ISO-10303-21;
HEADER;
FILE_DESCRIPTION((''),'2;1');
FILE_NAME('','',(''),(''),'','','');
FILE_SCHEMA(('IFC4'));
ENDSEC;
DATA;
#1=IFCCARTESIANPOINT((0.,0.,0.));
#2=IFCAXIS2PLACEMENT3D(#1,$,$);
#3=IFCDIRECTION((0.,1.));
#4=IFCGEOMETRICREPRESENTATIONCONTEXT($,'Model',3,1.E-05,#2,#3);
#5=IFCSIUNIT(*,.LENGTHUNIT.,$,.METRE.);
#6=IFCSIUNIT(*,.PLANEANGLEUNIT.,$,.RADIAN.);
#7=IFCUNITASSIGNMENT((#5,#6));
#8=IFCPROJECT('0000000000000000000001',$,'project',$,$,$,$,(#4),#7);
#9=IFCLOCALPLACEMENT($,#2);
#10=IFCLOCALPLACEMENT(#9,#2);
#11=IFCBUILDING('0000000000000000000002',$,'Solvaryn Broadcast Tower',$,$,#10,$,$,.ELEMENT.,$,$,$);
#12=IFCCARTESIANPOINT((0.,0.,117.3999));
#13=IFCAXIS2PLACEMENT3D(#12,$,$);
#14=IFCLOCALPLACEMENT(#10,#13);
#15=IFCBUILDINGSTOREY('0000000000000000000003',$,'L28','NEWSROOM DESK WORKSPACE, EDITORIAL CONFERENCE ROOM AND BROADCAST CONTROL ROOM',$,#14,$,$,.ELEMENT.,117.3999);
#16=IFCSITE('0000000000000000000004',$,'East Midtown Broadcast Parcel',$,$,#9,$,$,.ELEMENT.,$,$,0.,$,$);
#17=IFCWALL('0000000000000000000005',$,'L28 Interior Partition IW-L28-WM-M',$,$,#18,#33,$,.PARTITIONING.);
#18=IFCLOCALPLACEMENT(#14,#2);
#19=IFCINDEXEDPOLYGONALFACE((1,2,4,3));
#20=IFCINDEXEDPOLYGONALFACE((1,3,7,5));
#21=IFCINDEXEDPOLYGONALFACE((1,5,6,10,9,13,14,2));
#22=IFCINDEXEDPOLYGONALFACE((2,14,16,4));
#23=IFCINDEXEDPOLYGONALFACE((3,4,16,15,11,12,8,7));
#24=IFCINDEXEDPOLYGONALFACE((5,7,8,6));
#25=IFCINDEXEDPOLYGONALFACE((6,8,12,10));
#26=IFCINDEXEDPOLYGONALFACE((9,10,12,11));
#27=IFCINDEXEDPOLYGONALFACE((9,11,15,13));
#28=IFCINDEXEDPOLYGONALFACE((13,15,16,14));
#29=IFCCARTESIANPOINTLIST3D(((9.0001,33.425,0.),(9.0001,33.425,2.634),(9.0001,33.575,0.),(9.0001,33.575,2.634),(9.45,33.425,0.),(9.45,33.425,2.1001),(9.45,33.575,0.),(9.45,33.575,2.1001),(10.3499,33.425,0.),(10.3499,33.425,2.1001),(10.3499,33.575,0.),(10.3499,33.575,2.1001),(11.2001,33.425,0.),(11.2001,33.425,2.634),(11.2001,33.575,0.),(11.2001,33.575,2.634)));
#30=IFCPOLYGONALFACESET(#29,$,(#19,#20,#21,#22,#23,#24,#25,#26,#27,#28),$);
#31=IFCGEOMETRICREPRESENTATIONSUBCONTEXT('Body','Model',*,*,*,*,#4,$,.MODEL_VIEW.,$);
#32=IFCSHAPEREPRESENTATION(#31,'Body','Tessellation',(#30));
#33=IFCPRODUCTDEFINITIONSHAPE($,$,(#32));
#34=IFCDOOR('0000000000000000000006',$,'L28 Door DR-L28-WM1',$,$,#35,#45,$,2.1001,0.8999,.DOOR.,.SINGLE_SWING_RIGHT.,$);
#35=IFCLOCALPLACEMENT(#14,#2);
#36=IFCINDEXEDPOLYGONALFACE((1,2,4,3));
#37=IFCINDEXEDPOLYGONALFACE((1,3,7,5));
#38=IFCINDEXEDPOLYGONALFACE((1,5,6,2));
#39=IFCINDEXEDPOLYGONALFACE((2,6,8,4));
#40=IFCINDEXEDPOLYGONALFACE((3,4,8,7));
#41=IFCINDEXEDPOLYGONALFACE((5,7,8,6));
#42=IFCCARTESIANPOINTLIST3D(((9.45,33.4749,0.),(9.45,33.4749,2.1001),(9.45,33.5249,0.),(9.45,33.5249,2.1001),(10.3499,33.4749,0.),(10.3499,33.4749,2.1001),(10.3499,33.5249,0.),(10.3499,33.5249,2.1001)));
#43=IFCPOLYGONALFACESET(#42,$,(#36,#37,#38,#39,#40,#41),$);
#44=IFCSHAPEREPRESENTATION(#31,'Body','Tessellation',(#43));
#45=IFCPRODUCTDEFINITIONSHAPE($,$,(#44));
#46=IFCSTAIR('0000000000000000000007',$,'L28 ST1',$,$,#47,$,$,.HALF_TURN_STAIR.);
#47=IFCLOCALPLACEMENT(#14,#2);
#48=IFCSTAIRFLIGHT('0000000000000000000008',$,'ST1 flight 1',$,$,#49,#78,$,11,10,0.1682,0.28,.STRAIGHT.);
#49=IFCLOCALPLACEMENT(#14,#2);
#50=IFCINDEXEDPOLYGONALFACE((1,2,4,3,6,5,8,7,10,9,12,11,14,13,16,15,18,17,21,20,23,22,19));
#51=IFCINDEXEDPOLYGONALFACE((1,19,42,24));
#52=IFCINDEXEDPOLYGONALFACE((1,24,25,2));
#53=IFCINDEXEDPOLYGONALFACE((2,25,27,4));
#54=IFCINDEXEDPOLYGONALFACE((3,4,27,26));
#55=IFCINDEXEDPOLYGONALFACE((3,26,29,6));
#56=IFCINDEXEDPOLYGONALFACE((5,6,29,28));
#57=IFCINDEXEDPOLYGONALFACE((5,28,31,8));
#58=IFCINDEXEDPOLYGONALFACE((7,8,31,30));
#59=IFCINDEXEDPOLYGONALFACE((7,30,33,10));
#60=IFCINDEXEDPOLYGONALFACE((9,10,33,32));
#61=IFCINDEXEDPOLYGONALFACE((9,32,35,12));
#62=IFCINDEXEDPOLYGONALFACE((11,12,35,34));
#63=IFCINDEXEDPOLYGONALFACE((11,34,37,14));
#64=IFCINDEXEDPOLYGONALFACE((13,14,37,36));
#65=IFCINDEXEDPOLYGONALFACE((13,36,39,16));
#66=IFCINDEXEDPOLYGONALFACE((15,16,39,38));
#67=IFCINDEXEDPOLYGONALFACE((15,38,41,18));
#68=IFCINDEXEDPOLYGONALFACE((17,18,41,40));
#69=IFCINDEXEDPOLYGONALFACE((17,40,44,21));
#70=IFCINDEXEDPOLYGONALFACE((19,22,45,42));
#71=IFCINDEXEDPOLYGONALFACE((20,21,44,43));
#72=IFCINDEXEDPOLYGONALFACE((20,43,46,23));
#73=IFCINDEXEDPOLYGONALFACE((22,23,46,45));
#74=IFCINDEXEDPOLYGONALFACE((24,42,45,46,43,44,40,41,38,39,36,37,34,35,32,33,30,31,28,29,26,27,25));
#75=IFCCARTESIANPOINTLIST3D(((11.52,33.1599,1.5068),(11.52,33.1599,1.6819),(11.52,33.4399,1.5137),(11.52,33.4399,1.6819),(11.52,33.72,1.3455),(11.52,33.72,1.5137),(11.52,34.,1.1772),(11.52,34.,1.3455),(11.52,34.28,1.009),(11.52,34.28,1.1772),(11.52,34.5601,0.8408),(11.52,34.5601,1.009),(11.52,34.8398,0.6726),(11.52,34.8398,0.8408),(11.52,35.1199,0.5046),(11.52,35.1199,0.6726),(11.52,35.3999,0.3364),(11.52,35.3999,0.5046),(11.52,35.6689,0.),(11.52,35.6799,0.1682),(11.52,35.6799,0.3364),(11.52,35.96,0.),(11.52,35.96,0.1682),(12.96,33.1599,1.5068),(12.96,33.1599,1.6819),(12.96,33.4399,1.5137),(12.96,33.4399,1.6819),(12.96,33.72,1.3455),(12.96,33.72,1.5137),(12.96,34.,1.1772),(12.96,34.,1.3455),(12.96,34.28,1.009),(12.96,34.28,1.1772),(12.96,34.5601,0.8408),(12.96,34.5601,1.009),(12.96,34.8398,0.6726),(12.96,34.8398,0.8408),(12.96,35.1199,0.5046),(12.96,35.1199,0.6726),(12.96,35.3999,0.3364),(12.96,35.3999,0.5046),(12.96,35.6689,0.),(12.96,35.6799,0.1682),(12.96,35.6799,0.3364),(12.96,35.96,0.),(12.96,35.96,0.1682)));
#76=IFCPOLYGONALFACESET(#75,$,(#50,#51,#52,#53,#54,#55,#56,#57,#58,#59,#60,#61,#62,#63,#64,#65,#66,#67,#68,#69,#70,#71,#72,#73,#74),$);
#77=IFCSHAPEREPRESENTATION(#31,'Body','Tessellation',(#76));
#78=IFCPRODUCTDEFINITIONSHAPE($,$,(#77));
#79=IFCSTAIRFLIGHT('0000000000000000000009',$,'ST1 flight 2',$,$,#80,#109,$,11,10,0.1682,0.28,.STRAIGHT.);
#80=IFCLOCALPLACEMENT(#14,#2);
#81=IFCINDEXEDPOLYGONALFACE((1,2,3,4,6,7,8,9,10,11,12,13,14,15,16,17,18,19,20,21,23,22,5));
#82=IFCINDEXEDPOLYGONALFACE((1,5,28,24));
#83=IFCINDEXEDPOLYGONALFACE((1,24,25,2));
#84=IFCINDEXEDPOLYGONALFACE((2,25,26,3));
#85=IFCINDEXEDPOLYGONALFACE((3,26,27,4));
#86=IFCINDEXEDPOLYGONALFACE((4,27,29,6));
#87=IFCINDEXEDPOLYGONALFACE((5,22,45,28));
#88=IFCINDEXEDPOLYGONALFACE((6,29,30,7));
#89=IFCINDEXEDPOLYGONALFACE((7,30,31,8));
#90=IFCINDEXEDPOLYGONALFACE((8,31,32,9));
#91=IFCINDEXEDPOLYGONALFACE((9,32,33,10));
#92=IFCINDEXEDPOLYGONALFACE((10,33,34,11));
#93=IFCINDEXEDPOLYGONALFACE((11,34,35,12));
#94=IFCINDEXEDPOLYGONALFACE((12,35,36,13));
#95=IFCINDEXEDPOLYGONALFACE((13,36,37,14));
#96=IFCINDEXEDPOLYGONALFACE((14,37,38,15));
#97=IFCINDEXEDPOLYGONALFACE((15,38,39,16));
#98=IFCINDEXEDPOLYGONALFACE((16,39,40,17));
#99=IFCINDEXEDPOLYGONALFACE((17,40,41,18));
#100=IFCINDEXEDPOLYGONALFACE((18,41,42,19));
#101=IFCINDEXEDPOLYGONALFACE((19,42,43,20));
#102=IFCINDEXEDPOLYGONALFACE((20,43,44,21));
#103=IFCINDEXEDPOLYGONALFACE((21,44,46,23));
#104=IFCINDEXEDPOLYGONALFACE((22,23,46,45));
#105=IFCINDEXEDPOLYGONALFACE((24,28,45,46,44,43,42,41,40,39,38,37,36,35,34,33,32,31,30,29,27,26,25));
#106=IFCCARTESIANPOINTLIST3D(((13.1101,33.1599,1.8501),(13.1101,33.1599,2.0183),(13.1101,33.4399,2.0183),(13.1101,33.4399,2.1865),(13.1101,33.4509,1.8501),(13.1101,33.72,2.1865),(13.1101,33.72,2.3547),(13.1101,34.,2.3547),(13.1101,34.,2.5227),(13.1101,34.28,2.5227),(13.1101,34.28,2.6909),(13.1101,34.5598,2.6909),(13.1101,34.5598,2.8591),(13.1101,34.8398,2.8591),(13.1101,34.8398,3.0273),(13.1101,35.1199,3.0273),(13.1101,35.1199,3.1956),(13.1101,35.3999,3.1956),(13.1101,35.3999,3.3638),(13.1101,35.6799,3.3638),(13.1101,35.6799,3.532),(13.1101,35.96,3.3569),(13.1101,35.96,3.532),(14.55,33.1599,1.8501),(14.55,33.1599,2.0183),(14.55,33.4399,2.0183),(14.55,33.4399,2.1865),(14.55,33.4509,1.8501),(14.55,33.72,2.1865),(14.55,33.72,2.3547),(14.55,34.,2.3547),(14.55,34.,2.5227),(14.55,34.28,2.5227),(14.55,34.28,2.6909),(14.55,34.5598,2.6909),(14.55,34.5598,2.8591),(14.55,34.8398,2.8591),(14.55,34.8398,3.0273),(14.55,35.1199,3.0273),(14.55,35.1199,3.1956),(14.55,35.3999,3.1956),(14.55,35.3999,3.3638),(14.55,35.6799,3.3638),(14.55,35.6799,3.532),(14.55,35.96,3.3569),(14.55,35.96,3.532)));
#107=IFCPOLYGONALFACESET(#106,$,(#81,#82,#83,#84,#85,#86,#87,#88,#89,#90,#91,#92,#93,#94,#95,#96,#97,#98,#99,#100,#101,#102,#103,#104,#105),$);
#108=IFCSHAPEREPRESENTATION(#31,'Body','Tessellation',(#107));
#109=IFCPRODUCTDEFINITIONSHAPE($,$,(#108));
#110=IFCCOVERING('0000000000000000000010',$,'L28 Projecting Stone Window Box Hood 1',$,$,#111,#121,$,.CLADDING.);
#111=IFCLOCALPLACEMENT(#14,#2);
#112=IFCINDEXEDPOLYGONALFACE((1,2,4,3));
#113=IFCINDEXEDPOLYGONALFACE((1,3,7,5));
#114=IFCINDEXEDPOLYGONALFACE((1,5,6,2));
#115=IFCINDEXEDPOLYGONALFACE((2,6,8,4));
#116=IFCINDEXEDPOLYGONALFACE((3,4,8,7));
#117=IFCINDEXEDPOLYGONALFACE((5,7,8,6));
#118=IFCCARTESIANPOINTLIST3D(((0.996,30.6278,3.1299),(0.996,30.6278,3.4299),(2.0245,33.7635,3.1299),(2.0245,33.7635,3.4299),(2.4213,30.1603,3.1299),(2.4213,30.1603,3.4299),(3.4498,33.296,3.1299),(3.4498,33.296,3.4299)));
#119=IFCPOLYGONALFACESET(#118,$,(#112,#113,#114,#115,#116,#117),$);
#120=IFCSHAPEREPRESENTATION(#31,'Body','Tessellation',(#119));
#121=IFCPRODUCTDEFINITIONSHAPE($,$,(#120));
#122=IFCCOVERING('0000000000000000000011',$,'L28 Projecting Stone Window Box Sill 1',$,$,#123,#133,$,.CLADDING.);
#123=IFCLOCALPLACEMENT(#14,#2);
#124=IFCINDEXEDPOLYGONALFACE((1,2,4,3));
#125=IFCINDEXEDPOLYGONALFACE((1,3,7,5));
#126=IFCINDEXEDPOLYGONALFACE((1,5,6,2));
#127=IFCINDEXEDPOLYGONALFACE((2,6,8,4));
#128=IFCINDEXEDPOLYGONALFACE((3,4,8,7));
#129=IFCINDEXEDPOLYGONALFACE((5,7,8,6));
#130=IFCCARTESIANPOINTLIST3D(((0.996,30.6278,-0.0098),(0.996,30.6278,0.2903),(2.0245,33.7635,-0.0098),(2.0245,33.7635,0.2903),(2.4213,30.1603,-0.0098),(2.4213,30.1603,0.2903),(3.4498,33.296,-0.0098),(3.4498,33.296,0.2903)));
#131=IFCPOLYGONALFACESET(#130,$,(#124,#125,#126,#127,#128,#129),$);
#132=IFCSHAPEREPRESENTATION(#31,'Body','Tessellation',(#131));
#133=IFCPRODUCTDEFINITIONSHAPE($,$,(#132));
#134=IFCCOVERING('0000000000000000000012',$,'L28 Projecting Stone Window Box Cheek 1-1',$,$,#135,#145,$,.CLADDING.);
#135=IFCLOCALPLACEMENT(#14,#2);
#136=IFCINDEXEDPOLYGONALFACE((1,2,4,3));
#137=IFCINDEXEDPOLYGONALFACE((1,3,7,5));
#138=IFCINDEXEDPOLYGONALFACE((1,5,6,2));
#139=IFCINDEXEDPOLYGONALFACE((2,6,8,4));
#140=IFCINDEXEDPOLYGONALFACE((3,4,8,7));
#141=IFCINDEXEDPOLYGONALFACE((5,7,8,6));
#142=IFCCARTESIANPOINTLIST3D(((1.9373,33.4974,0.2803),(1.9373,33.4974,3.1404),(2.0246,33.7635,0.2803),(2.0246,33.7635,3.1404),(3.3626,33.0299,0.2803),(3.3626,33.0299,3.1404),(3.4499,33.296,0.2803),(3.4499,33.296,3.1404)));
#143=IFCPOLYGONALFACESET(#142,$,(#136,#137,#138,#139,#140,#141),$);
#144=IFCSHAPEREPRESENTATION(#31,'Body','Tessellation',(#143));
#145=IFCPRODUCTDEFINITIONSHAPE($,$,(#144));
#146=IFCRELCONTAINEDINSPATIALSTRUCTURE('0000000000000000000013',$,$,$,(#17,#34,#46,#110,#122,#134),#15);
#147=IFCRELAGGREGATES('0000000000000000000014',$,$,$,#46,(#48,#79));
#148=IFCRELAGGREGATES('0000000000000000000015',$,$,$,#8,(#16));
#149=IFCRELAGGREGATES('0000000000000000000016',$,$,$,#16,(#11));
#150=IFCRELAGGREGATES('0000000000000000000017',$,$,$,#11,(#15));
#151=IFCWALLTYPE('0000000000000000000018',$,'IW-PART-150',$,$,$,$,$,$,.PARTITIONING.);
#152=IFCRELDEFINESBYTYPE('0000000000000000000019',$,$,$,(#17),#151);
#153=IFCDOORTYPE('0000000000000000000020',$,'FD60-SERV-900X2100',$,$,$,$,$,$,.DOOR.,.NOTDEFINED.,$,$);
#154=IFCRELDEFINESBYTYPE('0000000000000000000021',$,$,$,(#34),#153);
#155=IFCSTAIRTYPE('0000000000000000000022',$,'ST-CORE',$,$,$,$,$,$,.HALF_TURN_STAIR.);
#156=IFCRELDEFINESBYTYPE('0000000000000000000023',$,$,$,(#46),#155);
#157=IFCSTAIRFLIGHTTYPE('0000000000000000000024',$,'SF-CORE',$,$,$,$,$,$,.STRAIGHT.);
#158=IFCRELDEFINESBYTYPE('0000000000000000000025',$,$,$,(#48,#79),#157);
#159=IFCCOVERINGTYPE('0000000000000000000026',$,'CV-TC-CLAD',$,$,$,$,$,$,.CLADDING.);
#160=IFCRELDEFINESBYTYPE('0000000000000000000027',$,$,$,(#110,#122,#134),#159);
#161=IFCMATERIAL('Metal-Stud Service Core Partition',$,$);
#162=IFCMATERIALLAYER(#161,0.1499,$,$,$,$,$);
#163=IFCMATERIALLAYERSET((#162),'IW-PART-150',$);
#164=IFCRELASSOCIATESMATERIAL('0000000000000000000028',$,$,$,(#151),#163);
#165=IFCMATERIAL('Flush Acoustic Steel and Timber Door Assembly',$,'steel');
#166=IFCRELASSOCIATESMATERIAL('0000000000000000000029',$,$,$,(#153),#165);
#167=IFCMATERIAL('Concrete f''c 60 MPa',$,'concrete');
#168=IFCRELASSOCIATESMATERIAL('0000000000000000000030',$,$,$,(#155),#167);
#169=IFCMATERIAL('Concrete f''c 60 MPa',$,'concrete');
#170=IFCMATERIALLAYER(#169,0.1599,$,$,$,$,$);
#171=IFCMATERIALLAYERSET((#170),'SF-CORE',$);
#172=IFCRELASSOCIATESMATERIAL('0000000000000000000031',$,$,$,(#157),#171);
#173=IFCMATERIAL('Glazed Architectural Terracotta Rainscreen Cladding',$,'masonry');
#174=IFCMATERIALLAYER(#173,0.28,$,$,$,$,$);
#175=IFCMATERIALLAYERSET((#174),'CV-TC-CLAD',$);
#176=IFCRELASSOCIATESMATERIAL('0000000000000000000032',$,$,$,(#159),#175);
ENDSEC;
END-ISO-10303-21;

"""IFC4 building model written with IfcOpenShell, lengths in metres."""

from ifc_helpers import new_model, si_unit, direction, frame, frame_2d, origin, origin_2d, place, context, subcontext, project, spatial, polyline, rectangle, outline, extrude, material, layer, layer_set, type_object, element, fill, aggregate, save


model = new_model("IFC4")

# Units and contexts
model_context = context("Model", 3, precision=1e-05, world=origin(), true_north=direction((0.0, 1.0)))
body_context = subcontext(model_context, "Body", "Model", "MODEL_VIEW")
ifc_project = project(units=[si_unit("LENGTHUNIT", "METRE"), si_unit("PLANEANGLEUNIT", "RADIAN")], contexts=[model_context])

# Site, building, storey
site_placement = place(None, origin())
site = spatial("IfcSite", under=ifc_project, at=site_placement, Name="East Midtown Broadcast Parcel", CompositionType="ELEMENT", RefElevation=0.0)
building_placement = place(site_placement, origin())
building = spatial("IfcBuilding", under=site, at=building_placement, Name="Solvaryn Broadcast Tower", CompositionType="ELEMENT")
storey_placement = place(building_placement, frame((0.0, 0.0, 117.3999)))
storey = spatial("IfcBuildingStorey", under=building, at=storey_placement, Name="L28", Description="NEWSROOM DESK WORKSPACE, EDITORIAL CONFERENCE ROOM AND BROADCAST CONTROL ROOM", CompositionType="ELEMENT", Elevation=117.3999)

# Wall, opening, door
ifc_material_1 = material(Name="Metal-Stud Service Core Partition")
ifc_layer_1 = layer(ifc_material_1, 0.1499)
ifc_layer_set_1 = layer_set([ifc_layer_1], Name="IW-PART-150")
wall_type = type_object("IfcWallType", Name="IW-PART-150", PredefinedType="PARTITIONING", material=ifc_layer_set_1)
wall_placement = place(storey_placement, frame((9.0, 33.5, 0.0), z_axis=(0.0, 0.0, 1.0), x_axis=(1.0, 0.0, 0.0)))
wall = element("IfcWall", 1, at=wall_placement, inside=storey, type_object=wall_type, Name="L28 Interior Partition IW-L28-WM-M", PredefinedType="PARTITIONING", context=body_context, shape_type="SweptSolid", body=[
    extrude(rectangle(XDim=2.2, YDim=0.1499, at=frame_2d((1.1001, 0.0))), origin(), (0.0, 0.0, 1.0), 2.634),
])
opening_placement = place(wall_placement, frame((0.45, 0.0, 0.0)))
opening = element("IfcOpeningElement", 2, at=opening_placement, cuts=wall, PredefinedType="OPENING", context=body_context, shape_type="SweptSolid", body=[
    extrude(rectangle(XDim=0.8999, YDim=2.1001, at=frame_2d((0.45, 1.05))), frame((0.0, 0.085, 0.0), z_axis=(0.0, -1.0, 0.0), x_axis=(1.0, 0.0, 0.0)), (0.0, 0.0, 1.0), 0.1699),
])
ifc_material_2 = material(Name="Flush Acoustic Steel and Timber Door Assembly", Category="steel")
door_type = type_object("IfcDoorType", Name="FD60-SERV-900X2100", OperationType="NOTDEFINED", PredefinedType="DOOR", material=ifc_material_2)
door_placement = place(opening_placement, origin())
door = element("IfcDoor", 3, at=door_placement, inside=storey, type_object=door_type, Name="L28 Door DR-L28-WM1", OperationType="SINGLE_SWING_RIGHT", OverallHeight=2.1001, OverallWidth=0.8999, PredefinedType="DOOR", context=body_context, shape_type="SweptSolid", body=[
    extrude(rectangle(XDim=0.8999, YDim=2.1001, at=frame_2d((0.45, 1.05))), frame((0.0, 0.0249, 0.0), z_axis=(0.0, -1.0, 0.0), x_axis=(1.0, 0.0, 0.0)), (0.0, 0.0, 1.0), 0.05),
])
fill(opening, door)

# Stair, stair flights
ifc_material_3 = material(Name="Concrete f'c 60 MPa", Category="concrete")
stair_type = type_object("IfcStairType", Name="ST-CORE", PredefinedType="HALF_TURN_STAIR", material=ifc_material_3)
stair_placement = place(storey_placement, origin())
stair = element("IfcStair", 4, at=stair_placement, inside=storey, type_object=stair_type, Name="L28 ST1", PredefinedType="HALF_TURN_STAIR")
ifc_material_4 = material(Name="Concrete f'c 60 MPa", Category="concrete")
ifc_layer_2 = layer(ifc_material_4, 0.1599)
ifc_layer_set_2 = layer_set([ifc_layer_2], Name="SF-CORE")
stair_flight_type = type_object("IfcStairFlightType", Name="SF-CORE", PredefinedType="STRAIGHT", material=ifc_layer_set_2)
stair_flight_1_placement = place(storey_placement, frame((12.24, 35.96, 0.0), z_axis=(0.0, 0.0, 1.0), x_axis=(0.0, -1.0, 0.0)))
stair_flight_1 = element("IfcStairFlight", 5, at=stair_flight_1_placement, type_object=stair_flight_type, Name="ST1 flight 1", NumberOfRisers=11, NumberOfTreads=10, PredefinedType="STRAIGHT", RiserHeight=0.1682, TreadLength=0.28, context=body_context, shape_type="SweptSolid", body=[
    extrude(outline(polyline([(0.0, 0.0), (0.0, 0.1682), (0.28, 0.1682), (0.28, 0.3364), (0.5601, 0.3364), (0.5601, 0.5046), (0.8401, 0.5046), (0.8401, 0.6726), (1.1201, 0.6726), (1.1201, 0.8408), (1.3999, 0.8408), (1.3999, 1.009), (1.6799, 1.009), (1.6799, 1.1772), (1.96, 1.1772), (1.96, 1.3455), (2.24, 1.3455), (2.24, 1.5137), (2.52, 1.5137), (2.52, 1.6819), (2.8, 1.6819), (2.8, 1.8501), (2.8, 1.5068), (0.291, 0.0), (0.0, 0.0)])), frame((0.0, 0.72, 0.0), z_axis=(0.0, -1.0, 0.0), x_axis=(1.0, 0.0, 0.0)), (0.0, 0.0, 1.0), 1.4399),
])
stair_flight_2_placement = place(storey_placement, frame((13.8301, 33.1599, 1.8501), z_axis=(0.0, 0.0, 1.0), x_axis=(0.0, 1.0, 0.0)))
stair_flight_2 = element("IfcStairFlight", 6, at=stair_flight_2_placement, type_object=stair_flight_type, Name="ST1 flight 2", NumberOfRisers=11, NumberOfTreads=10, PredefinedType="STRAIGHT", RiserHeight=0.1682, TreadLength=0.28, context=body_context, shape_type="SweptSolid", body=[
    extrude(outline(polyline([(0.0, 0.0), (0.0, 0.1682), (0.28, 0.1682), (0.28, 0.3364), (0.5601, 0.3364), (0.5601, 0.5046), (0.8401, 0.5046), (0.8401, 0.6726), (1.1201, 0.6726), (1.1201, 0.8408), (1.3999, 0.8408), (1.3999, 1.009), (1.6799, 1.009), (1.6799, 1.1772), (1.96, 1.1772), (1.96, 1.3455), (2.24, 1.3455), (2.24, 1.5137), (2.52, 1.5137), (2.52, 1.6819), (2.8, 1.6819), (2.8, 1.8501), (2.8, 1.5068), (0.291, 0.0), (0.0, 0.0)])), frame((0.0, 0.72, 0.0), z_axis=(0.0, -1.0, 0.0), x_axis=(1.0, 0.0, 0.0)), (0.0, 0.0, 1.0), 1.4399),
])
aggregate(stair, [stair_flight_1, stair_flight_2])

# Coverings
ifc_material_5 = material(Name="Glazed Architectural Terracotta Rainscreen Cladding", Category="masonry")
ifc_layer_3 = layer(ifc_material_5, 0.28)
ifc_layer_set_3 = layer_set([ifc_layer_3], Name="CV-TC-CLAD")
covering_type = type_object("IfcCoveringType", Name="CV-TC-CLAD", PredefinedType="CLADDING", material=ifc_layer_set_3)
for number, where, z_axis, x_axis, name in (
    (7, (2.2229, 31.9619, 3.1299), (0.0, 0.0, 1.0), (-0.311672, -0.95019, 0.0), "L28 Projecting Stone Window Box Hood 1"),
    (8, (2.2229, 31.9619, -0.0098), (0.0, 0.0, 1.0), (-0.311672, -0.95019, 0.0), "L28 Projecting Stone Window Box Sill 1"),
):
    element("IfcCovering", number, at=place(storey_placement, frame(where, z_axis=z_axis, x_axis=x_axis)), inside=storey, type_object=covering_type, Name=name, PredefinedType="CLADDING", context=body_context, shape_type="SweptSolid", body=[
        extrude(rectangle(XDim=3.3, YDim=1.5, at=origin_2d()), origin(), (0.0, 0.0, 1.0), 0.3),
    ])
covering_placement = place(storey_placement, frame((2.6936, 33.3967, 0.2803), z_axis=(0.0, 0.0, 1.0), x_axis=(-0.311672, -0.95019, 0.0)))
element("IfcCovering", 9, at=covering_placement, inside=storey, type_object=covering_type, Name="L28 Projecting Stone Window Box Cheek 1-1", PredefinedType="CLADDING", context=body_context, shape_type="SweptSolid", body=[
    extrude(rectangle(XDim=0.28, YDim=1.5, at=origin_2d()), origin(), (0.0, 0.0, 1.0), 2.8601),
])

save(model, "model.ifc")
